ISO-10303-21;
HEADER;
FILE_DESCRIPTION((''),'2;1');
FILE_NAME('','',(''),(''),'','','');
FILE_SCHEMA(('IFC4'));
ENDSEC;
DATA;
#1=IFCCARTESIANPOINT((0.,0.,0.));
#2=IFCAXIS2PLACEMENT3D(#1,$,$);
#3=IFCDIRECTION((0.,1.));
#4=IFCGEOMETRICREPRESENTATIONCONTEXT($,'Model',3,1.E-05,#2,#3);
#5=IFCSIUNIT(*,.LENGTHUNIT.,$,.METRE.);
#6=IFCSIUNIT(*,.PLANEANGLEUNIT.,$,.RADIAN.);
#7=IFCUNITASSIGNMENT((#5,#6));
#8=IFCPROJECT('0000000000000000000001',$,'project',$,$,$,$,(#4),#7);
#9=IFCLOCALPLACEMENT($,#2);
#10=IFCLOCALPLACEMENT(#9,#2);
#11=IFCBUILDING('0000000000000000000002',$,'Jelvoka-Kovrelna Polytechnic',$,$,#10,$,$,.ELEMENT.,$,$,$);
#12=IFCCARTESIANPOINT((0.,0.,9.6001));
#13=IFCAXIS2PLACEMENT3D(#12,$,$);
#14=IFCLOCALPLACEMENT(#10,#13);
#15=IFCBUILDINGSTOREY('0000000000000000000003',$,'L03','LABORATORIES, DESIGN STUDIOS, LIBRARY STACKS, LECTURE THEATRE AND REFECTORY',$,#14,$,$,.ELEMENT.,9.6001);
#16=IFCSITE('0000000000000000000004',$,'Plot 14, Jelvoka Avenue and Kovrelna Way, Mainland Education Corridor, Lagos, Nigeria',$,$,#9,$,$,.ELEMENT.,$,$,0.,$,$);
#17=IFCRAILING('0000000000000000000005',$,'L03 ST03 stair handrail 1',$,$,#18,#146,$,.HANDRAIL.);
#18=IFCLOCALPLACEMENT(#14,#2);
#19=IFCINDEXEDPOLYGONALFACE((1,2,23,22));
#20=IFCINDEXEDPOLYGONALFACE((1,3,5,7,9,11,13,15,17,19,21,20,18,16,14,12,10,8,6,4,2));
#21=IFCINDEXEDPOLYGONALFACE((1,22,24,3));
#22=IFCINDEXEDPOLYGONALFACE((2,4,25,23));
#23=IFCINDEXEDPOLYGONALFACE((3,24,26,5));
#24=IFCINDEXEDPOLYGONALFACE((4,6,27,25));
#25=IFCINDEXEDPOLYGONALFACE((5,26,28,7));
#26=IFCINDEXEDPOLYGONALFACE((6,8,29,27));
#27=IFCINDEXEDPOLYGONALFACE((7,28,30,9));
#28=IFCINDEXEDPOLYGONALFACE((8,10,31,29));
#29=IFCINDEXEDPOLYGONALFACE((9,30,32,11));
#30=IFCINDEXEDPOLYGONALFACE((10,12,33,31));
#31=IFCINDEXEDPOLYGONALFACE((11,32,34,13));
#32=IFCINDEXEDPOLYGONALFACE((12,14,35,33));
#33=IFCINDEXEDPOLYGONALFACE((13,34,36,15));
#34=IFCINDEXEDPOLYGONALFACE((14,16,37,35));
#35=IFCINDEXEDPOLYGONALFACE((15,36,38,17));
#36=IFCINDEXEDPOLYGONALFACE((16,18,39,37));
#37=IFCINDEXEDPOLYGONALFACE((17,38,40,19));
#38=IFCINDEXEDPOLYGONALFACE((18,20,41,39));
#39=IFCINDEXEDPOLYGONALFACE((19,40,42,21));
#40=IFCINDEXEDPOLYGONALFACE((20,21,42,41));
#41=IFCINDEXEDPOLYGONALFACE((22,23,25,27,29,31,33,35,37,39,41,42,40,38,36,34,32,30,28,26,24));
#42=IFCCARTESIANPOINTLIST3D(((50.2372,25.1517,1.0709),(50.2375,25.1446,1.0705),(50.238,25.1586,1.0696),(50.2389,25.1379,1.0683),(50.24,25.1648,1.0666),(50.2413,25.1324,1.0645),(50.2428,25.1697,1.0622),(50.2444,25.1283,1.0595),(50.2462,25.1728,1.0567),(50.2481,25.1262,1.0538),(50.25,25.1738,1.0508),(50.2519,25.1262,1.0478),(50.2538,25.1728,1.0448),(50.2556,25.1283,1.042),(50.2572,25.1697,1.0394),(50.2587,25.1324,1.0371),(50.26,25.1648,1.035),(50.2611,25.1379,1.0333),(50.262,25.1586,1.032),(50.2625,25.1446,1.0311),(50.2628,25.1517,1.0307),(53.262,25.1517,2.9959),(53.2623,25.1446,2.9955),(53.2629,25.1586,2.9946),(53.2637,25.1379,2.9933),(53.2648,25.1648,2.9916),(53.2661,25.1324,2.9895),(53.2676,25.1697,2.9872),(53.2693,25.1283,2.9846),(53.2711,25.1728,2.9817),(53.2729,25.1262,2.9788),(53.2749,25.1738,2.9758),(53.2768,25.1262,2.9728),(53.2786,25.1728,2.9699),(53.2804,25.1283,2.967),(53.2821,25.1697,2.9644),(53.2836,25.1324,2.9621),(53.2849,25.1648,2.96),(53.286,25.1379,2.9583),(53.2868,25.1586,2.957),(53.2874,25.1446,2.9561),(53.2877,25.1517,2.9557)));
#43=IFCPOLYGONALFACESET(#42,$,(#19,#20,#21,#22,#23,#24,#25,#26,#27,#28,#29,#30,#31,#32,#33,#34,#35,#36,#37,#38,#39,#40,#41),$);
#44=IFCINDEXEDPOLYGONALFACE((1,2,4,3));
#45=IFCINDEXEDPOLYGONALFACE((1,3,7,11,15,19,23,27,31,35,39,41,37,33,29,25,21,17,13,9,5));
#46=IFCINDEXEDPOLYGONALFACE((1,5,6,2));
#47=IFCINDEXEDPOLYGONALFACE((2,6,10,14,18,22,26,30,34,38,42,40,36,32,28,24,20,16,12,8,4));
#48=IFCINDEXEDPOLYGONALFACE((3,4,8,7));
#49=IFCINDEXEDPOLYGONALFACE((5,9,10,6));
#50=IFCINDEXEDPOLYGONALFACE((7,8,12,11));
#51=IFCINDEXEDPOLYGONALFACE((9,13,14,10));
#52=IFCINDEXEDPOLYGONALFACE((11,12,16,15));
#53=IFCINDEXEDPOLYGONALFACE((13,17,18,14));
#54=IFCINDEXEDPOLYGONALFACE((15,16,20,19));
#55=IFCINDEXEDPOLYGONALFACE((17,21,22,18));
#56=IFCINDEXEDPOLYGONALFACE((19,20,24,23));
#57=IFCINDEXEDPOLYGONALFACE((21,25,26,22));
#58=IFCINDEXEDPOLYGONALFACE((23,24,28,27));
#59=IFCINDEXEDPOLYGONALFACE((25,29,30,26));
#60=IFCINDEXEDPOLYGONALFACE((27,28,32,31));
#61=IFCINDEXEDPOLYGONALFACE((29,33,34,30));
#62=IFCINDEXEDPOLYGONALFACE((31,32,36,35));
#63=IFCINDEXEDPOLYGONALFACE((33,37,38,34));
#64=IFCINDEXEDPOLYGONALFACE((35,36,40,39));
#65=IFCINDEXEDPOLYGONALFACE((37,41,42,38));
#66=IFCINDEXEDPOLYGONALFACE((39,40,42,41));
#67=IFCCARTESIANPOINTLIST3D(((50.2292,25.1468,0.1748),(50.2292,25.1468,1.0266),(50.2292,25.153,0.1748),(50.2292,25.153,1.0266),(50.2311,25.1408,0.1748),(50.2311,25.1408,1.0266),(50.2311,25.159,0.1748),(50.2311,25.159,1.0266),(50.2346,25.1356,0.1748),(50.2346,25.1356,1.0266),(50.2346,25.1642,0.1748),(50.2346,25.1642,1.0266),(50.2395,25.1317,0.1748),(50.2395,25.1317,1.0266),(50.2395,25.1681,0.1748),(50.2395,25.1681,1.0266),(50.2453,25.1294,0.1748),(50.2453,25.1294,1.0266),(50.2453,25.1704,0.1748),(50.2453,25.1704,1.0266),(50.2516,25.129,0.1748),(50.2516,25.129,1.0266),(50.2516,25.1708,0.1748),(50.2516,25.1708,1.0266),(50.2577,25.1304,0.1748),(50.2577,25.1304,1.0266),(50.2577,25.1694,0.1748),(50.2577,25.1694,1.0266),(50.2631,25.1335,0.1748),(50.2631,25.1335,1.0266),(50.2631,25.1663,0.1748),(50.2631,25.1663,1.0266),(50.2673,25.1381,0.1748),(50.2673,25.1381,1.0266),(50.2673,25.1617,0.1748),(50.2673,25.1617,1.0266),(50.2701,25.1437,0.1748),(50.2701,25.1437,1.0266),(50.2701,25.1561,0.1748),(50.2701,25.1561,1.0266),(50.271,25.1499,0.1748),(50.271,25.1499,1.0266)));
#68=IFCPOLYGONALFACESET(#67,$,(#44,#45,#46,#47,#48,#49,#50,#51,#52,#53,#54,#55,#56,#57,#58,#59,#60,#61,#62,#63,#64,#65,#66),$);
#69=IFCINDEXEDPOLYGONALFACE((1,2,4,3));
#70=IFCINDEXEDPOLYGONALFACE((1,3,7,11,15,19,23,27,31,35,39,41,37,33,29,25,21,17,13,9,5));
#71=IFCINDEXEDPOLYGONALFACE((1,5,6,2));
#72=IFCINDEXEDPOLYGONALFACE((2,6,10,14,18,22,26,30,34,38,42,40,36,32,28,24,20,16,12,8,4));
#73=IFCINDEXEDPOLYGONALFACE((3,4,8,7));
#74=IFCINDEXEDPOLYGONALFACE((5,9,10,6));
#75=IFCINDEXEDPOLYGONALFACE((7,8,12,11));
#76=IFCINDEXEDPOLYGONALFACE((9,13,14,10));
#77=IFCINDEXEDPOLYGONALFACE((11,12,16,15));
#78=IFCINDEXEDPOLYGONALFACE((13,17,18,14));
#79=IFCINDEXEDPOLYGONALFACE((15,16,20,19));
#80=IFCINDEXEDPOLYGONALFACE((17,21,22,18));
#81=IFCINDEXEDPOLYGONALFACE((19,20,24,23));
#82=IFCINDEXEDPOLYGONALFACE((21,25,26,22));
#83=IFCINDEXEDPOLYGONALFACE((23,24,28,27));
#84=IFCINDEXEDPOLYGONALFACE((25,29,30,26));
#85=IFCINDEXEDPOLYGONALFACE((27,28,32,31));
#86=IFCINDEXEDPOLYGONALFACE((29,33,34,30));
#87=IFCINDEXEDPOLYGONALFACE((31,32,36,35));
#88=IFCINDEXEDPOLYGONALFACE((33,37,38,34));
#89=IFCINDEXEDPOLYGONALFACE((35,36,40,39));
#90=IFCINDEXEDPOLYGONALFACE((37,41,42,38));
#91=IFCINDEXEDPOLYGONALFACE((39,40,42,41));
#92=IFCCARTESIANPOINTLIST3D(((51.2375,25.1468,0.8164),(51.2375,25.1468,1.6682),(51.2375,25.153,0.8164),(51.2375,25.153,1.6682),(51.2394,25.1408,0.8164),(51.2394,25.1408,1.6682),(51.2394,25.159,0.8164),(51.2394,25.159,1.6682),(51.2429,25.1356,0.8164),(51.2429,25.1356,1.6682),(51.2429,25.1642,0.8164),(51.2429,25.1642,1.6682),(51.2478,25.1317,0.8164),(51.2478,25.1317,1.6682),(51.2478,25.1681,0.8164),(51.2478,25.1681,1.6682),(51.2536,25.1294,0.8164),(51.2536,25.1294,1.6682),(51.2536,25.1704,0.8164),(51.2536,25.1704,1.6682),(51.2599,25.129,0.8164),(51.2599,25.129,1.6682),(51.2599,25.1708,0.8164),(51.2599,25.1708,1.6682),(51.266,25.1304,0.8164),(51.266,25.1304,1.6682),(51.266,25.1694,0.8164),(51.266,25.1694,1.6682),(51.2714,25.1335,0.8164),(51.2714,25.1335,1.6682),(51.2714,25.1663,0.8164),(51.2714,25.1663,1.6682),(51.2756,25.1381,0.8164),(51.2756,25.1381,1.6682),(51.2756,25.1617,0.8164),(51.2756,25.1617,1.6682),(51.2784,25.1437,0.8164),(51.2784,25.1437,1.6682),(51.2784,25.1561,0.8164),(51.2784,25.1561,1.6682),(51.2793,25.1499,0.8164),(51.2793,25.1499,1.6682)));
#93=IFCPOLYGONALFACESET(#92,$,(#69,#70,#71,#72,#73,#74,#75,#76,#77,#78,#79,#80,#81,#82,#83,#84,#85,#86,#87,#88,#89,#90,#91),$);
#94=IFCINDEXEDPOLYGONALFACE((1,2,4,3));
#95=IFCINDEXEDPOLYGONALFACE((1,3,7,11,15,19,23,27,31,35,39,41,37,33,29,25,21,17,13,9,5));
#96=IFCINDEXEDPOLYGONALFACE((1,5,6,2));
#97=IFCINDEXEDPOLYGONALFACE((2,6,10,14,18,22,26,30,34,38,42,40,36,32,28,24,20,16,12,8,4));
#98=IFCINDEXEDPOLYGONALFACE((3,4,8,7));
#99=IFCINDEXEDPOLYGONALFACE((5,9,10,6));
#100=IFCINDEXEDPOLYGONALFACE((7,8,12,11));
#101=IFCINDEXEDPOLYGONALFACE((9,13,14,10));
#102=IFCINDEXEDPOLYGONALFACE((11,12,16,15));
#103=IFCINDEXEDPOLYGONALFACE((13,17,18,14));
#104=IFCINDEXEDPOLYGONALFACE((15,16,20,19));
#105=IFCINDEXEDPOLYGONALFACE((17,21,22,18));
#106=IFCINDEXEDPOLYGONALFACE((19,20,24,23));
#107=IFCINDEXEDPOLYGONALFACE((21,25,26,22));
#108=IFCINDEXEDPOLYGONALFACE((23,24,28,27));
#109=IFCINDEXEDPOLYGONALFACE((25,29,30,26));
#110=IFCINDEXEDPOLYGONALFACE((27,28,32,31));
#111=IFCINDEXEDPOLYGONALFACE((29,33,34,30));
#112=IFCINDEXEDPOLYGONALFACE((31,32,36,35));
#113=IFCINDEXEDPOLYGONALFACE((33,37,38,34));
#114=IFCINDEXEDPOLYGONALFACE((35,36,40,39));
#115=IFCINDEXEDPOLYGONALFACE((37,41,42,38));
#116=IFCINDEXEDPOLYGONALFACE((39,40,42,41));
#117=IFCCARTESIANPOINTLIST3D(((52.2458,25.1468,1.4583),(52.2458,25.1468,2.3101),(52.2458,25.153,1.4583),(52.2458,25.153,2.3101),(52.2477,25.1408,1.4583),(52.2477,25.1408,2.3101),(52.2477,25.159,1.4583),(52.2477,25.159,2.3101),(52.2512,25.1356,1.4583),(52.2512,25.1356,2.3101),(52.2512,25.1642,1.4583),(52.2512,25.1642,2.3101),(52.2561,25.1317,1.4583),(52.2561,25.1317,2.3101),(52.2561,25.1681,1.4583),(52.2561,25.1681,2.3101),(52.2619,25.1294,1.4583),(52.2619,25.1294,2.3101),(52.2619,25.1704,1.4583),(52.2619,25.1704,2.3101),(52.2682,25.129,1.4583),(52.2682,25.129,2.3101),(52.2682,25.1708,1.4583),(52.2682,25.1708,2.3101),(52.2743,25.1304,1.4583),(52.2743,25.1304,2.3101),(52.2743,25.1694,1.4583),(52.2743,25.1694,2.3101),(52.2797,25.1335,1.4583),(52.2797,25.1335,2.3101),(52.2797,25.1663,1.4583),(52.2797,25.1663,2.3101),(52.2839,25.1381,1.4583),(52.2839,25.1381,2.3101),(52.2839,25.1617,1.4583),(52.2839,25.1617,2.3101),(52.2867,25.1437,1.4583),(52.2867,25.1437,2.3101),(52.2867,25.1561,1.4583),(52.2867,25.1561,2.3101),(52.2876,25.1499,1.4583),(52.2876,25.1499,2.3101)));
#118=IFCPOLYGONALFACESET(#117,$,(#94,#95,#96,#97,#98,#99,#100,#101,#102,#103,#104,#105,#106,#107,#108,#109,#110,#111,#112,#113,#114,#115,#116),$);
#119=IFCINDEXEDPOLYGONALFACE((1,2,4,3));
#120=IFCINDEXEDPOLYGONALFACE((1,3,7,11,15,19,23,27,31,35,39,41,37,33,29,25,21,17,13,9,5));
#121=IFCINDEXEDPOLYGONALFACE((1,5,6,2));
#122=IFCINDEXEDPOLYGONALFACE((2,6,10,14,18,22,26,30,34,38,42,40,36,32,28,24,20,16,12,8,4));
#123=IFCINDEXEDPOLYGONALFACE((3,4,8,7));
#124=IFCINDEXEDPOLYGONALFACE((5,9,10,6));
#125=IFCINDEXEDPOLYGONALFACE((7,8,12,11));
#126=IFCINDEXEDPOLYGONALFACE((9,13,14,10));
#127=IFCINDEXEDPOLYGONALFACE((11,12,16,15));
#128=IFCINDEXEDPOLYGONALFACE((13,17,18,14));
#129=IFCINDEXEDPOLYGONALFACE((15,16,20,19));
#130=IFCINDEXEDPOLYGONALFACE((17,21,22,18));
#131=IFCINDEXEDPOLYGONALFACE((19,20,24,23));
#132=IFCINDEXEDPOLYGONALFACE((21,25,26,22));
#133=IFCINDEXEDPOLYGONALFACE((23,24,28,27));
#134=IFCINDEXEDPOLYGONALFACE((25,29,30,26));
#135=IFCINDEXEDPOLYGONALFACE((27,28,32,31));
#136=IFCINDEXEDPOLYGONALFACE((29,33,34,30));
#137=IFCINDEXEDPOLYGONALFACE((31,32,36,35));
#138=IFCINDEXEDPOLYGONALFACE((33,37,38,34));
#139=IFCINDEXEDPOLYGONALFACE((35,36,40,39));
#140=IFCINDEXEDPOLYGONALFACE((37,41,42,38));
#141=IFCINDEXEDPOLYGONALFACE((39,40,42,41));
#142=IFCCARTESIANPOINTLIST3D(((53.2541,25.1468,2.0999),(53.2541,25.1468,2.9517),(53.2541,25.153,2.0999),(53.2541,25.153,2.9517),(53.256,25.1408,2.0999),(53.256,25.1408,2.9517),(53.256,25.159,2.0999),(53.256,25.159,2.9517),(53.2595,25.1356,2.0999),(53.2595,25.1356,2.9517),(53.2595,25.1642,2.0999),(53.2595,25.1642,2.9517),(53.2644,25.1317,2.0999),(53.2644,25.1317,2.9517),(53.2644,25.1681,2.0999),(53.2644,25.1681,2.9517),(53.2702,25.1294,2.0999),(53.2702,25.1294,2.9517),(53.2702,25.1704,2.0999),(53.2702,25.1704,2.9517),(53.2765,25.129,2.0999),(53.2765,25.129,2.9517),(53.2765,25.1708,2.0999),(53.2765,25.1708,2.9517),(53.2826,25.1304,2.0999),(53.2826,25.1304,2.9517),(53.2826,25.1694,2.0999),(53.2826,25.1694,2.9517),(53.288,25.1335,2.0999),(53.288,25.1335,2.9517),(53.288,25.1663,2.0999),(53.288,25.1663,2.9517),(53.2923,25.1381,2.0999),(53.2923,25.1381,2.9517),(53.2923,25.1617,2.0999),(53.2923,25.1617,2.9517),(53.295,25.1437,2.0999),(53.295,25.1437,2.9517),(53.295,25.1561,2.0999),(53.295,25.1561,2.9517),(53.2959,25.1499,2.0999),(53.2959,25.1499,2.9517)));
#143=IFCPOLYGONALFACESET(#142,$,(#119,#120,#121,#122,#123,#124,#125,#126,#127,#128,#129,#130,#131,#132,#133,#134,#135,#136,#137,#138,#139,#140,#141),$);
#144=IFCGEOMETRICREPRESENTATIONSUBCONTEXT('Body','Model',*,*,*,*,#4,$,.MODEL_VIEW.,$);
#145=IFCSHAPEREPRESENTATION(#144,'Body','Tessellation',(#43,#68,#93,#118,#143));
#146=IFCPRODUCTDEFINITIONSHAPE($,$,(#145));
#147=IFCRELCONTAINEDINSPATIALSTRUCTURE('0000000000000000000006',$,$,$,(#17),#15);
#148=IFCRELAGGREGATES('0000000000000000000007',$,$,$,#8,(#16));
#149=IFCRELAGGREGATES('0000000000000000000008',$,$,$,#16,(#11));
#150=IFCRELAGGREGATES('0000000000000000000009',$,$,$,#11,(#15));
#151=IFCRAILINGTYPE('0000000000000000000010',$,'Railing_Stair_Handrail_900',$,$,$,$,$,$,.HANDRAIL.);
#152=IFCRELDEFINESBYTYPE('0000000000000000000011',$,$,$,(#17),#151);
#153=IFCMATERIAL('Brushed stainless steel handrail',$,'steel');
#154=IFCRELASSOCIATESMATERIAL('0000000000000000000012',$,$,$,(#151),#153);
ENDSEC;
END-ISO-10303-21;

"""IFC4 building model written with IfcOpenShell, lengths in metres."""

from ifc_helpers import new_model, si_unit, direction, frame, origin, origin_2d, place, context, subcontext, project, spatial, circle, extrude, material, type_object, element, save


model = new_model("IFC4")

# Units and contexts
model_context = context("Model", 3, precision=1e-05, world=origin(), true_north=direction((0.0, 1.0)))
body_context = subcontext(model_context, "Body", "Model", "MODEL_VIEW")
ifc_project = project(units=[si_unit("LENGTHUNIT", "METRE"), si_unit("PLANEANGLEUNIT", "RADIAN")], contexts=[model_context])

# Site, building, storey
site_placement = place(None, origin())
site = spatial("IfcSite", under=ifc_project, at=site_placement, Name="Plot 14, Jelvoka Avenue and Kovrelna Way, Mainland Education Corridor, Lagos, Nigeria", CompositionType="ELEMENT", RefElevation=0.0)
building_placement = place(site_placement, origin())
building = spatial("IfcBuilding", under=site, at=building_placement, Name="Jelvoka-Kovrelna Polytechnic", CompositionType="ELEMENT")
storey_placement = place(building_placement, frame((0.0, 0.0, 9.6001)))
storey = spatial("IfcBuildingStorey", under=building, at=storey_placement, Name="L03", Description="LABORATORIES, DESIGN STUDIOS, LIBRARY STACKS, LECTURE THEATRE AND REFECTORY", CompositionType="ELEMENT", Elevation=9.6001)

# Railing
ifc_material_1 = material(Name="Brushed stainless steel handrail", Category="steel")
railing_type_1 = type_object("IfcRailingType", Name="Railing_Stair_Handrail_900", PredefinedType="HANDRAIL", material=ifc_material_1)
railing_1_placement = place(storey_placement, frame((50.25, 25.1499, 0.1748)))
element("IfcRailing", 1, at=railing_1_placement, inside=storey, type_object=railing_type_1, Name="L03 ST03 stair handrail 1", PredefinedType="HANDRAIL", context=body_context, shape_type="SweptSolid", body=[
    extrude(circle(Radius=0.0239, at=origin_2d()), frame((0.0, 0.0, 0.876), z_axis=(0.843647, 0.0, 0.536898), x_axis=(0.0, 1.0, 0.0)), (0.0, 0.0, 1.0), 3.5854),
    extrude(circle(Radius=0.021, at=origin_2d()), origin(), (0.0, 0.0, 1.0), 0.8518),
    extrude(circle(Radius=0.021, at=origin_2d()), frame((1.0083, 0.0, 0.6416)), (0.0, 0.0, 1.0), 0.8518),
    extrude(circle(Radius=0.021, at=origin_2d()), frame((2.0166, 0.0, 1.2834)), (0.0, 0.0, 1.0), 0.8518),
    extrude(circle(Radius=0.021, at=origin_2d()), frame((3.0249, 0.0, 1.925)), (0.0, 0.0, 1.0), 0.8518),
])

save(model, "model.ifc")
